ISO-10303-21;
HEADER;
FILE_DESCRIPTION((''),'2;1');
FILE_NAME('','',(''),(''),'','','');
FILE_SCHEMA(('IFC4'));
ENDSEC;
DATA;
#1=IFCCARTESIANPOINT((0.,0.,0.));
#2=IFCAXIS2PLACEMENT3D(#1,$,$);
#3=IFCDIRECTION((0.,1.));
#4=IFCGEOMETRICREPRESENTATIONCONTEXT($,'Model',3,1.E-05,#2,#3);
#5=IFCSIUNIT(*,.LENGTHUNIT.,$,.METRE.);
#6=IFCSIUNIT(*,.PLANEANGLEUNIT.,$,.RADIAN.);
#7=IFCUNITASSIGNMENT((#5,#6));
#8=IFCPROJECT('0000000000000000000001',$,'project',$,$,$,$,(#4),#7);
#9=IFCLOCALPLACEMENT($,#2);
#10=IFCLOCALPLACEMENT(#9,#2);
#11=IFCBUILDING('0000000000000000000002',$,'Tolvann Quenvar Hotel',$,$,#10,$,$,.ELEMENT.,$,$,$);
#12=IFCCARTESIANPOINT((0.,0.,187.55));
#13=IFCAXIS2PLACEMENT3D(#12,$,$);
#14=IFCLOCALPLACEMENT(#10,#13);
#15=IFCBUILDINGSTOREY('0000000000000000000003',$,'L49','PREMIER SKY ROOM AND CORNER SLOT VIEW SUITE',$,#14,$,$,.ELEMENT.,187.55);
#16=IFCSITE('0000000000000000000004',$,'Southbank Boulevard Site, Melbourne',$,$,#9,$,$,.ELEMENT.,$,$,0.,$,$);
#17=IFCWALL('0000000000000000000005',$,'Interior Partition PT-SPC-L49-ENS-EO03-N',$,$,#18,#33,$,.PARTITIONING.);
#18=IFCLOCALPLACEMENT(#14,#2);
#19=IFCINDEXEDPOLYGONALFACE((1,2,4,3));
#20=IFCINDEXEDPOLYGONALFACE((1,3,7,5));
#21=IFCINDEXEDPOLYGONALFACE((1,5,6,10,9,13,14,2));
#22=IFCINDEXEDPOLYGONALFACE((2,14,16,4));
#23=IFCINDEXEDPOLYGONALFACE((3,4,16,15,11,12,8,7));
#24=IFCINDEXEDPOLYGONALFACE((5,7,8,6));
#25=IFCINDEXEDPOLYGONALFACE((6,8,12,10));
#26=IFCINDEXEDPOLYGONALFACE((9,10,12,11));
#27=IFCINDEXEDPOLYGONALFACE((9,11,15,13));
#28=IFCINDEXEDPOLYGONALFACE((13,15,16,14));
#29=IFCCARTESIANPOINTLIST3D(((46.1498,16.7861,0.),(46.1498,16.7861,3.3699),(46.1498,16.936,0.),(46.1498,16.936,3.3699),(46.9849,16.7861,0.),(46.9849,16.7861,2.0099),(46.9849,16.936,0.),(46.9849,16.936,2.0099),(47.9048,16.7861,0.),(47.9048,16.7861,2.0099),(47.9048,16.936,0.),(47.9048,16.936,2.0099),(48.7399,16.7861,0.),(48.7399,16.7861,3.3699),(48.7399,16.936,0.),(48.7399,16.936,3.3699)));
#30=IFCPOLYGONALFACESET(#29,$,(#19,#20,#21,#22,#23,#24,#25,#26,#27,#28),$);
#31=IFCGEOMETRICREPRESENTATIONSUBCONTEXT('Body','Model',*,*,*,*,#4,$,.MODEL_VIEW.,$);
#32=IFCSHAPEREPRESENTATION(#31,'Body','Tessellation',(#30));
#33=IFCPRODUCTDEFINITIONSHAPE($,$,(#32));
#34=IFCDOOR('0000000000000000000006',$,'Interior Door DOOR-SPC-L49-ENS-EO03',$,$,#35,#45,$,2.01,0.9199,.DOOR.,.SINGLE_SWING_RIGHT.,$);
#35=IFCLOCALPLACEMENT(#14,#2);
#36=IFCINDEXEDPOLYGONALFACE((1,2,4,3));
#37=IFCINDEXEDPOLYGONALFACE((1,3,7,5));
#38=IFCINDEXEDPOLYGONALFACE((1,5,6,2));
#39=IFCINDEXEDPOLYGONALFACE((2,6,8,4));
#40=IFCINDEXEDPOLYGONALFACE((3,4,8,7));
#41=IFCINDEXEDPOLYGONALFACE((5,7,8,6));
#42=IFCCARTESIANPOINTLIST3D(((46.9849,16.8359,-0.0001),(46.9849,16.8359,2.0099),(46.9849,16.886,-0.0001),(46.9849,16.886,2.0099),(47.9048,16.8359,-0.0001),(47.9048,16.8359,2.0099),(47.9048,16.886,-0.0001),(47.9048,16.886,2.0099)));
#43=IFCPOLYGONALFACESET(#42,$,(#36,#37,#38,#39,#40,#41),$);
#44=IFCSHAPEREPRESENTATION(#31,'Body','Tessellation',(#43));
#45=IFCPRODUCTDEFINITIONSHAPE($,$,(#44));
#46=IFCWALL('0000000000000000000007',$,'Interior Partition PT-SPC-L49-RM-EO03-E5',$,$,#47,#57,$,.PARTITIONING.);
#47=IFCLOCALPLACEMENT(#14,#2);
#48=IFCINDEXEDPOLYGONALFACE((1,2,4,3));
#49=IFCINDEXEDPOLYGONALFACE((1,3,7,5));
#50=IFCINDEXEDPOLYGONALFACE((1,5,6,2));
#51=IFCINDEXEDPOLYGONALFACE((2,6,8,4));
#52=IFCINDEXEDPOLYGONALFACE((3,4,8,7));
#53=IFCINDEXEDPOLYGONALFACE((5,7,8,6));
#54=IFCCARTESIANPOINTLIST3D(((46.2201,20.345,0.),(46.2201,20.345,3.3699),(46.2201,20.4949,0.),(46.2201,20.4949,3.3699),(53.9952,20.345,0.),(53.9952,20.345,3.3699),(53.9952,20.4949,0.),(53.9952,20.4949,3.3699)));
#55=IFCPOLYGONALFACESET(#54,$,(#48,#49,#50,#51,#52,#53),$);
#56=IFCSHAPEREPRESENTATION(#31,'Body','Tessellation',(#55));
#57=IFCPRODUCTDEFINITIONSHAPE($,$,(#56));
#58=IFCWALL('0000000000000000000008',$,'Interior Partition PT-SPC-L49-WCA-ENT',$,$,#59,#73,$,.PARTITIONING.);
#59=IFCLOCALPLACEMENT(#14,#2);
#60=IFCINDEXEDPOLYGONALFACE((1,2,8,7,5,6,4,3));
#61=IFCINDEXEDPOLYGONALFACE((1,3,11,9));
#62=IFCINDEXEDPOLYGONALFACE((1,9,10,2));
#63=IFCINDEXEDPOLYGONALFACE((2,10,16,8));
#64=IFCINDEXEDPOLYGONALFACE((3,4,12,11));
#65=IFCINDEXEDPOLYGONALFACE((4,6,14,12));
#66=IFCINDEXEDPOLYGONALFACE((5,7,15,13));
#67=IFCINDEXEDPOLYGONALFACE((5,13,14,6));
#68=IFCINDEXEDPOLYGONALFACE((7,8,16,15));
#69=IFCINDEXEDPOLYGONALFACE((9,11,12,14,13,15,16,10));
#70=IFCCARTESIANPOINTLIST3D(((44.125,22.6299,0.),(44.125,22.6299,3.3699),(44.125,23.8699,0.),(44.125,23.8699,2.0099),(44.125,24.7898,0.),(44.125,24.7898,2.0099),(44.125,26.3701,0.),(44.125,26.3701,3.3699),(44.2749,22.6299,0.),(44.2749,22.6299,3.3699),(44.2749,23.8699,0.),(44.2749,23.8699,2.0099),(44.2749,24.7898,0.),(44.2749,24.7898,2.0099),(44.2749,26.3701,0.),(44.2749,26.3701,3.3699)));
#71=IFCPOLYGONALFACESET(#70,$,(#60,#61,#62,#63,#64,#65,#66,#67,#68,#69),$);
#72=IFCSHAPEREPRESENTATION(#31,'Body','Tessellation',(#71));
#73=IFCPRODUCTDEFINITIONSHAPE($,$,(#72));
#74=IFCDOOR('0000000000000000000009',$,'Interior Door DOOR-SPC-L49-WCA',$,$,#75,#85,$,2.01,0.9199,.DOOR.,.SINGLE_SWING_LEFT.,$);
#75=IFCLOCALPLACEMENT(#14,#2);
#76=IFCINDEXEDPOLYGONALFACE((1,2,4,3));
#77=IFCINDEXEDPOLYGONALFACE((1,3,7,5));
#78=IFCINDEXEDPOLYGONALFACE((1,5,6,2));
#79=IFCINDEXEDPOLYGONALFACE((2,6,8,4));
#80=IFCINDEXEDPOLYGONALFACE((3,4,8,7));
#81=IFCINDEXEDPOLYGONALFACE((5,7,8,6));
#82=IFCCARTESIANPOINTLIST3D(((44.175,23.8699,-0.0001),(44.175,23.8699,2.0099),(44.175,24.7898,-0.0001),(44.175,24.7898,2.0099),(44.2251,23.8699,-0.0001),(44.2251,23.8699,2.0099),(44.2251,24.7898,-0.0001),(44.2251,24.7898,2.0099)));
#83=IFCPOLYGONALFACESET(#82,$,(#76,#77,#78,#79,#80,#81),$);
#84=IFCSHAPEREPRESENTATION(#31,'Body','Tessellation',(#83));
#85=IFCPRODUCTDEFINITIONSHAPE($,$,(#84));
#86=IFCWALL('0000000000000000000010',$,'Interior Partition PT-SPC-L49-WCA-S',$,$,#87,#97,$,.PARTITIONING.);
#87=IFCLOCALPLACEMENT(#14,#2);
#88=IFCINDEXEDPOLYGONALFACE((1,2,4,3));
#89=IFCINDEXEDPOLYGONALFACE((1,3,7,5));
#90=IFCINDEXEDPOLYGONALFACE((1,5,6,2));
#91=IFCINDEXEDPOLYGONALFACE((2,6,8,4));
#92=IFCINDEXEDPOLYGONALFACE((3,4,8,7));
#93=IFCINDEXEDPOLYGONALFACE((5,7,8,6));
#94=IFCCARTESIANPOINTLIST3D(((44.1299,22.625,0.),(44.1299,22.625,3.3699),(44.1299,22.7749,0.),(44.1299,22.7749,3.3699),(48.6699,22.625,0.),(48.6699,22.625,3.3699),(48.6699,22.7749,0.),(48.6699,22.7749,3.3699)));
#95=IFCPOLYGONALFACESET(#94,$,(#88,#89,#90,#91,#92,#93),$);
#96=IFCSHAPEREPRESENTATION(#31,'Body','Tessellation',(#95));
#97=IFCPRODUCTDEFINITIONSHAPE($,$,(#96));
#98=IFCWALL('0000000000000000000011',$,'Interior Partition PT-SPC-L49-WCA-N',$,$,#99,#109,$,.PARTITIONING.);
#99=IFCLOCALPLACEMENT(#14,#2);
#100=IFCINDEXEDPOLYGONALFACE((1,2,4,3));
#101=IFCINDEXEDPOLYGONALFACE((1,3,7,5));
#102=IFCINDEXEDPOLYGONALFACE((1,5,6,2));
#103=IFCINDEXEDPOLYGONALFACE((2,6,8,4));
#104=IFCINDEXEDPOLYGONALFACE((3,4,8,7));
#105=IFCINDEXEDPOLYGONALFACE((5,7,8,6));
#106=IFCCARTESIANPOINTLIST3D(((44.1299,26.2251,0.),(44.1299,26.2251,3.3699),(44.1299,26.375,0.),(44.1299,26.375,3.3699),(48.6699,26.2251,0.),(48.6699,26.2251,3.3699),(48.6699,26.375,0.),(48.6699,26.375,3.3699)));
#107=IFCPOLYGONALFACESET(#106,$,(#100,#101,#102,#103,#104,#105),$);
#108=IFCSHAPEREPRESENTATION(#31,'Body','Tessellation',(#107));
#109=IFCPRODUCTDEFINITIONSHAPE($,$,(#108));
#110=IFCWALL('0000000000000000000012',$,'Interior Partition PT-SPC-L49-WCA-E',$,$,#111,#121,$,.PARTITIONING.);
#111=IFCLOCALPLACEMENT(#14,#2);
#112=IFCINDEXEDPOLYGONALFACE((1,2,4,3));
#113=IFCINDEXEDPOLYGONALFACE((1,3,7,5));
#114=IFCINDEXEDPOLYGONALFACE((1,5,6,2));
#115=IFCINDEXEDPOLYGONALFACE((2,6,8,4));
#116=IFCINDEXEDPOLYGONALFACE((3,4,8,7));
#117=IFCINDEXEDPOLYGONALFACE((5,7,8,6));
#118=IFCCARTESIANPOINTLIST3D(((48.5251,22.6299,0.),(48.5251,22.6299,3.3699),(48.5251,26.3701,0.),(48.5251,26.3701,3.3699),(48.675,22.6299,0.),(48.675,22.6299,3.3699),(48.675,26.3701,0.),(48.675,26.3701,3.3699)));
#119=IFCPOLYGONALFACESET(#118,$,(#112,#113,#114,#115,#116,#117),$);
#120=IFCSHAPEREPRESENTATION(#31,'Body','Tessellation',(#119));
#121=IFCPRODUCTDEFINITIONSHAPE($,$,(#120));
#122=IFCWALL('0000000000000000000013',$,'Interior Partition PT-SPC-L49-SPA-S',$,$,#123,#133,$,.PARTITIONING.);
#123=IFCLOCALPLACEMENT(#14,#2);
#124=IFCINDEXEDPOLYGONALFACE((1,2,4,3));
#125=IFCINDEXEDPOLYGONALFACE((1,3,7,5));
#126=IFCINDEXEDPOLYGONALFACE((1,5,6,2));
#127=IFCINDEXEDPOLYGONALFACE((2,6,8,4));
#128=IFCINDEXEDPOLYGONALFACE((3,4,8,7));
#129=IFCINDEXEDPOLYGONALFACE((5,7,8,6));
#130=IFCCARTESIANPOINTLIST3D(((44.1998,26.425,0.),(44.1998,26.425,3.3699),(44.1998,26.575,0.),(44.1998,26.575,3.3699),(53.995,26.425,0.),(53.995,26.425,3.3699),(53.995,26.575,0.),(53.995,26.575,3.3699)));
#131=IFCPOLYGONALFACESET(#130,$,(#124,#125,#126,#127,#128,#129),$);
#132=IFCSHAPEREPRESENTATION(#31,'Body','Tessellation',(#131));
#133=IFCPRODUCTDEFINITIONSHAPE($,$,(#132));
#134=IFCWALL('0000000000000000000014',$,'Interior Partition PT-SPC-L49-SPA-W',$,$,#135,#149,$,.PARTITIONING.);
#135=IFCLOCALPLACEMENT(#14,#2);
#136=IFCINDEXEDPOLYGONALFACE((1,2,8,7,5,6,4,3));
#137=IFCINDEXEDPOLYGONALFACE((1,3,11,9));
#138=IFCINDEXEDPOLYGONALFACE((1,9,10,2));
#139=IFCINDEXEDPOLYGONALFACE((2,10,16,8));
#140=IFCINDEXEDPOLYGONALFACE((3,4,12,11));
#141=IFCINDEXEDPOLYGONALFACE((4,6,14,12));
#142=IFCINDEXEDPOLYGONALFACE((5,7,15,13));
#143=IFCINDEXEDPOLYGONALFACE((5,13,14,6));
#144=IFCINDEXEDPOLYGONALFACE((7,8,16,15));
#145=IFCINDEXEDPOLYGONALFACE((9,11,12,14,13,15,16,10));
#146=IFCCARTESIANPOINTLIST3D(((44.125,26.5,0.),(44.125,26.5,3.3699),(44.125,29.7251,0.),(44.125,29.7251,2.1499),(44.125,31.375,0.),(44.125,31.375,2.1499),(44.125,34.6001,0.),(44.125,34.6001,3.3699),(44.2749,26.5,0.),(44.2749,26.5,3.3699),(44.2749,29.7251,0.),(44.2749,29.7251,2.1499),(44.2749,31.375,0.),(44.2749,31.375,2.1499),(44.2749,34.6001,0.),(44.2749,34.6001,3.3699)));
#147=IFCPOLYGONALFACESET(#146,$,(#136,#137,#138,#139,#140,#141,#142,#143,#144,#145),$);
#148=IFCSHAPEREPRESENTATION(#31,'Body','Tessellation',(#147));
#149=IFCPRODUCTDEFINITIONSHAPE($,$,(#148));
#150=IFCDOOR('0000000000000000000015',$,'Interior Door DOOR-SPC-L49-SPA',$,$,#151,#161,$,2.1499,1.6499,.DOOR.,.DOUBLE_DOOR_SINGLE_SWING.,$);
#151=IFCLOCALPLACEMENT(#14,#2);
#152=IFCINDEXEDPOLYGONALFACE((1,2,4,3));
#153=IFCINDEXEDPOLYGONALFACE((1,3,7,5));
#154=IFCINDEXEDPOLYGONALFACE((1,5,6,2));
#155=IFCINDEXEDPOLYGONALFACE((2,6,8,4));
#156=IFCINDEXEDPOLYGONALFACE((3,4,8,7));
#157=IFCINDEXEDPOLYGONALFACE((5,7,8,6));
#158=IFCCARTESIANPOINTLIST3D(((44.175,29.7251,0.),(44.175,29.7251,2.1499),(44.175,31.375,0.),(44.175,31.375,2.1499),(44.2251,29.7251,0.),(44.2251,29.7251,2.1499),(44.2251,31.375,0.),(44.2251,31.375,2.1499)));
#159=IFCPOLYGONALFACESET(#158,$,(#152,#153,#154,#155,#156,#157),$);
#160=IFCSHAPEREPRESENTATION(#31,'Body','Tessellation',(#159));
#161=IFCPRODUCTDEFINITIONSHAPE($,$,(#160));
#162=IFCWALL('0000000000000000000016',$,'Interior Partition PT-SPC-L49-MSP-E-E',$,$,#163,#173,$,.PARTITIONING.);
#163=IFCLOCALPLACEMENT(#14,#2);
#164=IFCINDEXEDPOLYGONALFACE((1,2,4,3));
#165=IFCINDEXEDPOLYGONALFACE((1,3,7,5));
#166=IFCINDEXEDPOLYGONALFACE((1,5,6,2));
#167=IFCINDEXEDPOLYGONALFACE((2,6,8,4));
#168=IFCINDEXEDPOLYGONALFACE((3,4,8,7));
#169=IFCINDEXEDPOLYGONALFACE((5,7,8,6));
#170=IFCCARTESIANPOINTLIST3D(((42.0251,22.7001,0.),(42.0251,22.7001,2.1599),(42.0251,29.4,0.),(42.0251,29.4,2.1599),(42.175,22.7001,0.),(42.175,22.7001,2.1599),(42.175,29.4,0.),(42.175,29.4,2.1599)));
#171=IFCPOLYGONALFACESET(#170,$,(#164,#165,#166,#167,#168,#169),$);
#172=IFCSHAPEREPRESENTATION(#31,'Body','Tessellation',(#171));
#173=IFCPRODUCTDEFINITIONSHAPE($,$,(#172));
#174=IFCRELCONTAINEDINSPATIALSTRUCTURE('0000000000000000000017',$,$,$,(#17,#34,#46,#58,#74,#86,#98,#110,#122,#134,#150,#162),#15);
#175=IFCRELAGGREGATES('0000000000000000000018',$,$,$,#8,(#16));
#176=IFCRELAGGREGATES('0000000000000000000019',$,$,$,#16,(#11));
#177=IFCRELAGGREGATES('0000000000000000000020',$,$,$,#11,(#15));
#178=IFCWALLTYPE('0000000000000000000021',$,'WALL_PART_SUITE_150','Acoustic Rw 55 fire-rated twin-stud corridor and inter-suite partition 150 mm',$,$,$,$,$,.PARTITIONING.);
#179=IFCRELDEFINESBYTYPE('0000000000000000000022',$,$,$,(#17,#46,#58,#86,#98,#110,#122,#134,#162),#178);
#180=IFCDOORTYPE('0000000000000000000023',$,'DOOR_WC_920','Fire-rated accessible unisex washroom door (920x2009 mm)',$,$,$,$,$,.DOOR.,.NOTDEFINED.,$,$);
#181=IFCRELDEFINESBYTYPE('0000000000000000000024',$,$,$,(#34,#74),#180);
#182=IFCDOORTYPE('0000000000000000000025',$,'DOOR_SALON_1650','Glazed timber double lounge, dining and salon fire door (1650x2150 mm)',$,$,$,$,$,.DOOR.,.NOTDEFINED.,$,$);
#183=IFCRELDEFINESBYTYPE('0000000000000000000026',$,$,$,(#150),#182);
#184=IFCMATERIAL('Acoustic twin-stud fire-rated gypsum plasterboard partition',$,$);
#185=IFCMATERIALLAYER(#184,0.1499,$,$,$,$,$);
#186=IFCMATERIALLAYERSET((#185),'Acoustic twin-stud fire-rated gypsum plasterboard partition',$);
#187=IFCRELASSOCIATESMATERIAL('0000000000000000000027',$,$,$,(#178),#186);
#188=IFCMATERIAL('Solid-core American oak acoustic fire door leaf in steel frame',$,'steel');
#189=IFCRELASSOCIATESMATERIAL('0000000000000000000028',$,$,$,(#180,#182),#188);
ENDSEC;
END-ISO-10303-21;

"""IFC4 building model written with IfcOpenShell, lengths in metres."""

from ifc_helpers import new_model, si_unit, direction, frame, frame_2d, origin, place, context, subcontext, project, spatial, rectangle, extrude, source, transform, mapped, material, layer, layer_set, type_object, type_shapes, element, fill, save


model = new_model("IFC4")

# Units and contexts
model_context = context("Model", 3, precision=1e-05, world=origin(), true_north=direction((0.0, 1.0)))
body_context = subcontext(model_context, "Body", "Model", "MODEL_VIEW")
ifc_project = project(units=[si_unit("LENGTHUNIT", "METRE"), si_unit("PLANEANGLEUNIT", "RADIAN")], contexts=[model_context])

# Site, building, storey
site_placement = place(None, origin())
site = spatial("IfcSite", under=ifc_project, at=site_placement, Name="Southbank Boulevard Site, Melbourne", CompositionType="ELEMENT", RefElevation=0.0)
building_placement = place(site_placement, origin())
building = spatial("IfcBuilding", under=site, at=building_placement, Name="Tolvann Quenvar Hotel", CompositionType="ELEMENT")
storey_placement = place(building_placement, frame((0.0, 0.0, 187.55)))
storey = spatial("IfcBuildingStorey", under=building, at=storey_placement, Name="L49", Description="PREMIER SKY ROOM AND CORNER SLOT VIEW SUITE", CompositionType="ELEMENT", Elevation=187.55)

# Wall, opening, door
ifc_material_1 = material(Name="Acoustic twin-stud fire-rated gypsum plasterboard partition")
ifc_layer_1 = layer(ifc_material_1, 0.1499)
ifc_layer_set_1 = layer_set([ifc_layer_1], Name="Acoustic twin-stud fire-rated gypsum plasterboard partition")
wall_type_1 = type_object("IfcWallType", Name="WALL_PART_SUITE_150", Description="Acoustic Rw 55 fire-rated twin-stud corridor and inter-suite partition 150 mm", PredefinedType="PARTITIONING", material=ifc_layer_set_1)
wall_1_placement = place(storey_placement, frame((46.1499, 16.8611, 0.0), z_axis=(0.0, 0.0, 1.0), x_axis=(1.0, 0.0, 0.0)))
wall_1 = element("IfcWall", 1, at=wall_1_placement, inside=storey, type_object=wall_type_1, Name="Interior Partition PT-SPC-L49-ENS-EO03-N", PredefinedType="PARTITIONING", context=body_context, shape_type="SweptSolid", body=[
    extrude(rectangle(XDim=2.5901, YDim=0.1499, at=frame_2d((1.2949, 0.0))), origin(), (0.0, 0.0, 1.0), 3.3699),
])
opening_1_placement = place(wall_1_placement, frame((0.835, 0.0, 0.0)))
opening_1 = element("IfcOpeningElement", 2, at=opening_1_placement, cuts=wall_1, PredefinedType="OPENING", context=body_context, shape_type="SweptSolid", body=[
    extrude(rectangle(XDim=0.9199, YDim=2.01, at=frame_2d((0.46, 1.0049))), frame((0.0, 0.085, 0.0), z_axis=(0.0, -1.0, 0.0), x_axis=(1.0, 0.0, 0.0)), (0.0, 0.0, 1.0), 0.1699),
])
ifc_material_2 = material(Name="Solid-core American oak acoustic fire door leaf in steel frame", Category="steel")
door_type_1 = type_object("IfcDoorType", Name="DOOR_WC_920", Description="Fire-rated accessible unisex washroom door (920x2009 mm)", OperationType="NOTDEFINED", PredefinedType="DOOR", material=ifc_material_2)
shared_shape_1 = source(origin(), body_context, "Body", "SweptSolid", [
    extrude(rectangle(XDim=0.9199, YDim=2.01, at=frame_2d((0.46, 1.0049))), frame((0.0, 0.0249, 0.0), z_axis=(0.0, -1.0, 0.0), x_axis=(1.0, 0.0, 0.0)), (0.0, 0.0, 1.0), 0.05),
])
type_shapes(door_type_1, [shared_shape_1])
door_1_placement = place(opening_1_placement, origin())
door_1 = element("IfcDoor", 3, at=door_1_placement, inside=storey, type_object=door_type_1, Name="Interior Door DOOR-SPC-L49-ENS-EO03", OperationType="SINGLE_SWING_RIGHT", OverallHeight=2.01, OverallWidth=0.9199, PredefinedType="DOOR", context=body_context, shape_type="MappedRepresentation", body=[
    mapped(shared_shape_1, transform((0.0, 0.0, 0.0), x_axis=(1.0, 0.0, 0.0), y_axis=(0.0, 1.0, 0.0), z_axis=(0.0, 0.0, 1.0), scale=1.0)),
])
fill(opening_1, door_1)

# Wall
wall_2_placement = place(storey_placement, frame((46.22, 20.4199, 0.0), z_axis=(0.0, 0.0, 1.0), x_axis=(1.0, 0.0, 0.0)))
element("IfcWall", 4, at=wall_2_placement, inside=storey, type_object=wall_type_1, Name="Interior Partition PT-SPC-L49-RM-EO03-E5", PredefinedType="PARTITIONING", context=body_context, shape_type="SweptSolid", body=[
    extrude(rectangle(XDim=7.7751, YDim=0.1499, at=frame_2d((3.8877, 0.0))), origin(), (0.0, 0.0, 1.0), 3.3699),
])

# Wall, opening, door
wall_3_placement = place(storey_placement, frame((44.2, 22.6299, 0.0), z_axis=(0.0, 0.0, 1.0), x_axis=(0.0, 1.0, 0.0)))
wall_3 = element("IfcWall", 5, at=wall_3_placement, inside=storey, type_object=wall_type_1, Name="Interior Partition PT-SPC-L49-WCA-ENT", PredefinedType="PARTITIONING", context=body_context, shape_type="SweptSolid", body=[
    extrude(rectangle(XDim=3.7402, YDim=0.1499, at=frame_2d((1.8701, 0.0))), origin(), (0.0, 0.0, 1.0), 3.3699),
])
opening_2_placement = place(wall_3_placement, frame((1.24, 0.0, 0.0)))
opening_2 = element("IfcOpeningElement", 6, at=opening_2_placement, cuts=wall_3, PredefinedType="OPENING", context=body_context, shape_type="SweptSolid", body=[
    extrude(rectangle(XDim=0.9199, YDim=2.01, at=frame_2d((0.46, 1.0049))), frame((0.0, 0.085, 0.0), z_axis=(0.0, -1.0, 0.0), x_axis=(1.0, 0.0, 0.0)), (0.0, 0.0, 1.0), 0.1699),
])
door_2_placement = place(opening_2_placement, origin())
door_2 = element("IfcDoor", 7, at=door_2_placement, inside=storey, type_object=door_type_1, Name="Interior Door DOOR-SPC-L49-WCA", OperationType="SINGLE_SWING_LEFT", OverallHeight=2.01, OverallWidth=0.9199, PredefinedType="DOOR", context=body_context, shape_type="MappedRepresentation", body=[
    mapped(shared_shape_1, transform((0.0, 0.0, 0.0), x_axis=(1.0, 0.0, 0.0), y_axis=(0.0, 1.0, 0.0), z_axis=(0.0, 0.0, 1.0), scale=1.0)),
])
fill(opening_2, door_2)

# Walls
for number, where, z_axis, x_axis, name in (
    (8, (44.1299, 22.7, 0.0), (0.0, 0.0, 1.0), (1.0, 0.0, 0.0), "Interior Partition PT-SPC-L49-WCA-S"),
    (9, (44.1299, 26.3, 0.0), (0.0, 0.0, 1.0), (1.0, 0.0, 0.0), "Interior Partition PT-SPC-L49-WCA-N"),
):
    element("IfcWall", number, at=place(storey_placement, frame(where, z_axis=z_axis, x_axis=x_axis)), inside=storey, type_object=wall_type_1, Name=name, PredefinedType="PARTITIONING", context=body_context, shape_type="SweptSolid", body=[
        extrude(rectangle(XDim=4.54, YDim=0.1499, at=frame_2d((2.27, 0.0))), origin(), (0.0, 0.0, 1.0), 3.3699),
    ])
wall_4_placement = place(storey_placement, frame((48.6001, 22.6299, 0.0), z_axis=(0.0, 0.0, 1.0), x_axis=(0.0, 1.0, 0.0)))
element("IfcWall", 10, at=wall_4_placement, inside=storey, type_object=wall_type_1, Name="Interior Partition PT-SPC-L49-WCA-E", PredefinedType="PARTITIONING", context=body_context, shape_type="SweptSolid", body=[
    extrude(rectangle(XDim=3.7402, YDim=0.1499, at=frame_2d((1.8701, 0.0))), origin(), (0.0, 0.0, 1.0), 3.3699),
])
wall_5_placement = place(storey_placement, frame((44.2, 26.5, 0.0), z_axis=(0.0, 0.0, 1.0), x_axis=(1.0, 0.0, 0.0)))
element("IfcWall", 11, at=wall_5_placement, inside=storey, type_object=wall_type_1, Name="Interior Partition PT-SPC-L49-SPA-S", PredefinedType="PARTITIONING", context=body_context, shape_type="SweptSolid", body=[
    extrude(rectangle(XDim=9.7952, YDim=0.1499, at=frame_2d((4.8975, 0.0))), origin(), (0.0, 0.0, 1.0), 3.3699),
])

# Wall, opening, door
wall_6_placement = place(storey_placement, frame((44.2, 26.5, 0.0), z_axis=(0.0, 0.0, 1.0), x_axis=(0.0, 1.0, 0.0)))
wall_6 = element("IfcWall", 12, at=wall_6_placement, inside=storey, type_object=wall_type_1, Name="Interior Partition PT-SPC-L49-SPA-W", PredefinedType="PARTITIONING", context=body_context, shape_type="SweptSolid", body=[
    extrude(rectangle(XDim=8.1001, YDim=0.1499, at=frame_2d((4.05, 0.0))), origin(), (0.0, 0.0, 1.0), 3.3699),
])
opening_3_placement = place(wall_6_placement, frame((3.2251, 0.0, 0.0)))
opening_3 = element("IfcOpeningElement", 13, at=opening_3_placement, cuts=wall_6, PredefinedType="OPENING", context=body_context, shape_type="SweptSolid", body=[
    extrude(rectangle(XDim=1.6499, YDim=2.1499, at=frame_2d((0.825, 1.075))), frame((0.0, 0.085, 0.0), z_axis=(0.0, -1.0, 0.0), x_axis=(1.0, 0.0, 0.0)), (0.0, 0.0, 1.0), 0.1699),
])
door_type_2 = type_object("IfcDoorType", Name="DOOR_SALON_1650", Description="Glazed timber double lounge, dining and salon fire door (1650x2150 mm)", OperationType="NOTDEFINED", PredefinedType="DOOR", material=ifc_material_2)
shared_shape_2 = source(origin(), body_context, "Body", "SweptSolid", [
    extrude(rectangle(XDim=1.6499, YDim=2.1499, at=frame_2d((0.825, 1.075))), frame((0.0, 0.0249, 0.0), z_axis=(0.0, -1.0, 0.0), x_axis=(1.0, 0.0, 0.0)), (0.0, 0.0, 1.0), 0.05),
])
type_shapes(door_type_2, [shared_shape_2])
door_3_placement = place(opening_3_placement, origin())
door_3 = element("IfcDoor", 14, at=door_3_placement, inside=storey, type_object=door_type_2, Name="Interior Door DOOR-SPC-L49-SPA", OperationType="DOUBLE_DOOR_SINGLE_SWING", OverallHeight=2.1499, OverallWidth=1.6499, PredefinedType="DOOR", context=body_context, shape_type="MappedRepresentation", body=[
    mapped(shared_shape_2, transform((0.0, 0.0, 0.0), x_axis=(1.0, 0.0, 0.0), y_axis=(0.0, 1.0, 0.0), z_axis=(0.0, 0.0, 1.0), scale=1.0)),
])
fill(opening_3, door_3)

# Wall
wall_7_placement = place(storey_placement, frame((42.1001, 22.7, 0.0), z_axis=(0.0, 0.0, 1.0), x_axis=(0.0, 1.0, 0.0)))
element("IfcWall", 15, at=wall_7_placement, inside=storey, type_object=wall_type_1, Name="Interior Partition PT-SPC-L49-MSP-E-E", PredefinedType="PARTITIONING", context=body_context, shape_type="SweptSolid", body=[
    extrude(rectangle(XDim=6.7, YDim=0.1499, at=frame_2d((3.3501, 0.0))), origin(), (0.0, 0.0, 1.0), 2.1599),
])

save(model, "model.ifc")
